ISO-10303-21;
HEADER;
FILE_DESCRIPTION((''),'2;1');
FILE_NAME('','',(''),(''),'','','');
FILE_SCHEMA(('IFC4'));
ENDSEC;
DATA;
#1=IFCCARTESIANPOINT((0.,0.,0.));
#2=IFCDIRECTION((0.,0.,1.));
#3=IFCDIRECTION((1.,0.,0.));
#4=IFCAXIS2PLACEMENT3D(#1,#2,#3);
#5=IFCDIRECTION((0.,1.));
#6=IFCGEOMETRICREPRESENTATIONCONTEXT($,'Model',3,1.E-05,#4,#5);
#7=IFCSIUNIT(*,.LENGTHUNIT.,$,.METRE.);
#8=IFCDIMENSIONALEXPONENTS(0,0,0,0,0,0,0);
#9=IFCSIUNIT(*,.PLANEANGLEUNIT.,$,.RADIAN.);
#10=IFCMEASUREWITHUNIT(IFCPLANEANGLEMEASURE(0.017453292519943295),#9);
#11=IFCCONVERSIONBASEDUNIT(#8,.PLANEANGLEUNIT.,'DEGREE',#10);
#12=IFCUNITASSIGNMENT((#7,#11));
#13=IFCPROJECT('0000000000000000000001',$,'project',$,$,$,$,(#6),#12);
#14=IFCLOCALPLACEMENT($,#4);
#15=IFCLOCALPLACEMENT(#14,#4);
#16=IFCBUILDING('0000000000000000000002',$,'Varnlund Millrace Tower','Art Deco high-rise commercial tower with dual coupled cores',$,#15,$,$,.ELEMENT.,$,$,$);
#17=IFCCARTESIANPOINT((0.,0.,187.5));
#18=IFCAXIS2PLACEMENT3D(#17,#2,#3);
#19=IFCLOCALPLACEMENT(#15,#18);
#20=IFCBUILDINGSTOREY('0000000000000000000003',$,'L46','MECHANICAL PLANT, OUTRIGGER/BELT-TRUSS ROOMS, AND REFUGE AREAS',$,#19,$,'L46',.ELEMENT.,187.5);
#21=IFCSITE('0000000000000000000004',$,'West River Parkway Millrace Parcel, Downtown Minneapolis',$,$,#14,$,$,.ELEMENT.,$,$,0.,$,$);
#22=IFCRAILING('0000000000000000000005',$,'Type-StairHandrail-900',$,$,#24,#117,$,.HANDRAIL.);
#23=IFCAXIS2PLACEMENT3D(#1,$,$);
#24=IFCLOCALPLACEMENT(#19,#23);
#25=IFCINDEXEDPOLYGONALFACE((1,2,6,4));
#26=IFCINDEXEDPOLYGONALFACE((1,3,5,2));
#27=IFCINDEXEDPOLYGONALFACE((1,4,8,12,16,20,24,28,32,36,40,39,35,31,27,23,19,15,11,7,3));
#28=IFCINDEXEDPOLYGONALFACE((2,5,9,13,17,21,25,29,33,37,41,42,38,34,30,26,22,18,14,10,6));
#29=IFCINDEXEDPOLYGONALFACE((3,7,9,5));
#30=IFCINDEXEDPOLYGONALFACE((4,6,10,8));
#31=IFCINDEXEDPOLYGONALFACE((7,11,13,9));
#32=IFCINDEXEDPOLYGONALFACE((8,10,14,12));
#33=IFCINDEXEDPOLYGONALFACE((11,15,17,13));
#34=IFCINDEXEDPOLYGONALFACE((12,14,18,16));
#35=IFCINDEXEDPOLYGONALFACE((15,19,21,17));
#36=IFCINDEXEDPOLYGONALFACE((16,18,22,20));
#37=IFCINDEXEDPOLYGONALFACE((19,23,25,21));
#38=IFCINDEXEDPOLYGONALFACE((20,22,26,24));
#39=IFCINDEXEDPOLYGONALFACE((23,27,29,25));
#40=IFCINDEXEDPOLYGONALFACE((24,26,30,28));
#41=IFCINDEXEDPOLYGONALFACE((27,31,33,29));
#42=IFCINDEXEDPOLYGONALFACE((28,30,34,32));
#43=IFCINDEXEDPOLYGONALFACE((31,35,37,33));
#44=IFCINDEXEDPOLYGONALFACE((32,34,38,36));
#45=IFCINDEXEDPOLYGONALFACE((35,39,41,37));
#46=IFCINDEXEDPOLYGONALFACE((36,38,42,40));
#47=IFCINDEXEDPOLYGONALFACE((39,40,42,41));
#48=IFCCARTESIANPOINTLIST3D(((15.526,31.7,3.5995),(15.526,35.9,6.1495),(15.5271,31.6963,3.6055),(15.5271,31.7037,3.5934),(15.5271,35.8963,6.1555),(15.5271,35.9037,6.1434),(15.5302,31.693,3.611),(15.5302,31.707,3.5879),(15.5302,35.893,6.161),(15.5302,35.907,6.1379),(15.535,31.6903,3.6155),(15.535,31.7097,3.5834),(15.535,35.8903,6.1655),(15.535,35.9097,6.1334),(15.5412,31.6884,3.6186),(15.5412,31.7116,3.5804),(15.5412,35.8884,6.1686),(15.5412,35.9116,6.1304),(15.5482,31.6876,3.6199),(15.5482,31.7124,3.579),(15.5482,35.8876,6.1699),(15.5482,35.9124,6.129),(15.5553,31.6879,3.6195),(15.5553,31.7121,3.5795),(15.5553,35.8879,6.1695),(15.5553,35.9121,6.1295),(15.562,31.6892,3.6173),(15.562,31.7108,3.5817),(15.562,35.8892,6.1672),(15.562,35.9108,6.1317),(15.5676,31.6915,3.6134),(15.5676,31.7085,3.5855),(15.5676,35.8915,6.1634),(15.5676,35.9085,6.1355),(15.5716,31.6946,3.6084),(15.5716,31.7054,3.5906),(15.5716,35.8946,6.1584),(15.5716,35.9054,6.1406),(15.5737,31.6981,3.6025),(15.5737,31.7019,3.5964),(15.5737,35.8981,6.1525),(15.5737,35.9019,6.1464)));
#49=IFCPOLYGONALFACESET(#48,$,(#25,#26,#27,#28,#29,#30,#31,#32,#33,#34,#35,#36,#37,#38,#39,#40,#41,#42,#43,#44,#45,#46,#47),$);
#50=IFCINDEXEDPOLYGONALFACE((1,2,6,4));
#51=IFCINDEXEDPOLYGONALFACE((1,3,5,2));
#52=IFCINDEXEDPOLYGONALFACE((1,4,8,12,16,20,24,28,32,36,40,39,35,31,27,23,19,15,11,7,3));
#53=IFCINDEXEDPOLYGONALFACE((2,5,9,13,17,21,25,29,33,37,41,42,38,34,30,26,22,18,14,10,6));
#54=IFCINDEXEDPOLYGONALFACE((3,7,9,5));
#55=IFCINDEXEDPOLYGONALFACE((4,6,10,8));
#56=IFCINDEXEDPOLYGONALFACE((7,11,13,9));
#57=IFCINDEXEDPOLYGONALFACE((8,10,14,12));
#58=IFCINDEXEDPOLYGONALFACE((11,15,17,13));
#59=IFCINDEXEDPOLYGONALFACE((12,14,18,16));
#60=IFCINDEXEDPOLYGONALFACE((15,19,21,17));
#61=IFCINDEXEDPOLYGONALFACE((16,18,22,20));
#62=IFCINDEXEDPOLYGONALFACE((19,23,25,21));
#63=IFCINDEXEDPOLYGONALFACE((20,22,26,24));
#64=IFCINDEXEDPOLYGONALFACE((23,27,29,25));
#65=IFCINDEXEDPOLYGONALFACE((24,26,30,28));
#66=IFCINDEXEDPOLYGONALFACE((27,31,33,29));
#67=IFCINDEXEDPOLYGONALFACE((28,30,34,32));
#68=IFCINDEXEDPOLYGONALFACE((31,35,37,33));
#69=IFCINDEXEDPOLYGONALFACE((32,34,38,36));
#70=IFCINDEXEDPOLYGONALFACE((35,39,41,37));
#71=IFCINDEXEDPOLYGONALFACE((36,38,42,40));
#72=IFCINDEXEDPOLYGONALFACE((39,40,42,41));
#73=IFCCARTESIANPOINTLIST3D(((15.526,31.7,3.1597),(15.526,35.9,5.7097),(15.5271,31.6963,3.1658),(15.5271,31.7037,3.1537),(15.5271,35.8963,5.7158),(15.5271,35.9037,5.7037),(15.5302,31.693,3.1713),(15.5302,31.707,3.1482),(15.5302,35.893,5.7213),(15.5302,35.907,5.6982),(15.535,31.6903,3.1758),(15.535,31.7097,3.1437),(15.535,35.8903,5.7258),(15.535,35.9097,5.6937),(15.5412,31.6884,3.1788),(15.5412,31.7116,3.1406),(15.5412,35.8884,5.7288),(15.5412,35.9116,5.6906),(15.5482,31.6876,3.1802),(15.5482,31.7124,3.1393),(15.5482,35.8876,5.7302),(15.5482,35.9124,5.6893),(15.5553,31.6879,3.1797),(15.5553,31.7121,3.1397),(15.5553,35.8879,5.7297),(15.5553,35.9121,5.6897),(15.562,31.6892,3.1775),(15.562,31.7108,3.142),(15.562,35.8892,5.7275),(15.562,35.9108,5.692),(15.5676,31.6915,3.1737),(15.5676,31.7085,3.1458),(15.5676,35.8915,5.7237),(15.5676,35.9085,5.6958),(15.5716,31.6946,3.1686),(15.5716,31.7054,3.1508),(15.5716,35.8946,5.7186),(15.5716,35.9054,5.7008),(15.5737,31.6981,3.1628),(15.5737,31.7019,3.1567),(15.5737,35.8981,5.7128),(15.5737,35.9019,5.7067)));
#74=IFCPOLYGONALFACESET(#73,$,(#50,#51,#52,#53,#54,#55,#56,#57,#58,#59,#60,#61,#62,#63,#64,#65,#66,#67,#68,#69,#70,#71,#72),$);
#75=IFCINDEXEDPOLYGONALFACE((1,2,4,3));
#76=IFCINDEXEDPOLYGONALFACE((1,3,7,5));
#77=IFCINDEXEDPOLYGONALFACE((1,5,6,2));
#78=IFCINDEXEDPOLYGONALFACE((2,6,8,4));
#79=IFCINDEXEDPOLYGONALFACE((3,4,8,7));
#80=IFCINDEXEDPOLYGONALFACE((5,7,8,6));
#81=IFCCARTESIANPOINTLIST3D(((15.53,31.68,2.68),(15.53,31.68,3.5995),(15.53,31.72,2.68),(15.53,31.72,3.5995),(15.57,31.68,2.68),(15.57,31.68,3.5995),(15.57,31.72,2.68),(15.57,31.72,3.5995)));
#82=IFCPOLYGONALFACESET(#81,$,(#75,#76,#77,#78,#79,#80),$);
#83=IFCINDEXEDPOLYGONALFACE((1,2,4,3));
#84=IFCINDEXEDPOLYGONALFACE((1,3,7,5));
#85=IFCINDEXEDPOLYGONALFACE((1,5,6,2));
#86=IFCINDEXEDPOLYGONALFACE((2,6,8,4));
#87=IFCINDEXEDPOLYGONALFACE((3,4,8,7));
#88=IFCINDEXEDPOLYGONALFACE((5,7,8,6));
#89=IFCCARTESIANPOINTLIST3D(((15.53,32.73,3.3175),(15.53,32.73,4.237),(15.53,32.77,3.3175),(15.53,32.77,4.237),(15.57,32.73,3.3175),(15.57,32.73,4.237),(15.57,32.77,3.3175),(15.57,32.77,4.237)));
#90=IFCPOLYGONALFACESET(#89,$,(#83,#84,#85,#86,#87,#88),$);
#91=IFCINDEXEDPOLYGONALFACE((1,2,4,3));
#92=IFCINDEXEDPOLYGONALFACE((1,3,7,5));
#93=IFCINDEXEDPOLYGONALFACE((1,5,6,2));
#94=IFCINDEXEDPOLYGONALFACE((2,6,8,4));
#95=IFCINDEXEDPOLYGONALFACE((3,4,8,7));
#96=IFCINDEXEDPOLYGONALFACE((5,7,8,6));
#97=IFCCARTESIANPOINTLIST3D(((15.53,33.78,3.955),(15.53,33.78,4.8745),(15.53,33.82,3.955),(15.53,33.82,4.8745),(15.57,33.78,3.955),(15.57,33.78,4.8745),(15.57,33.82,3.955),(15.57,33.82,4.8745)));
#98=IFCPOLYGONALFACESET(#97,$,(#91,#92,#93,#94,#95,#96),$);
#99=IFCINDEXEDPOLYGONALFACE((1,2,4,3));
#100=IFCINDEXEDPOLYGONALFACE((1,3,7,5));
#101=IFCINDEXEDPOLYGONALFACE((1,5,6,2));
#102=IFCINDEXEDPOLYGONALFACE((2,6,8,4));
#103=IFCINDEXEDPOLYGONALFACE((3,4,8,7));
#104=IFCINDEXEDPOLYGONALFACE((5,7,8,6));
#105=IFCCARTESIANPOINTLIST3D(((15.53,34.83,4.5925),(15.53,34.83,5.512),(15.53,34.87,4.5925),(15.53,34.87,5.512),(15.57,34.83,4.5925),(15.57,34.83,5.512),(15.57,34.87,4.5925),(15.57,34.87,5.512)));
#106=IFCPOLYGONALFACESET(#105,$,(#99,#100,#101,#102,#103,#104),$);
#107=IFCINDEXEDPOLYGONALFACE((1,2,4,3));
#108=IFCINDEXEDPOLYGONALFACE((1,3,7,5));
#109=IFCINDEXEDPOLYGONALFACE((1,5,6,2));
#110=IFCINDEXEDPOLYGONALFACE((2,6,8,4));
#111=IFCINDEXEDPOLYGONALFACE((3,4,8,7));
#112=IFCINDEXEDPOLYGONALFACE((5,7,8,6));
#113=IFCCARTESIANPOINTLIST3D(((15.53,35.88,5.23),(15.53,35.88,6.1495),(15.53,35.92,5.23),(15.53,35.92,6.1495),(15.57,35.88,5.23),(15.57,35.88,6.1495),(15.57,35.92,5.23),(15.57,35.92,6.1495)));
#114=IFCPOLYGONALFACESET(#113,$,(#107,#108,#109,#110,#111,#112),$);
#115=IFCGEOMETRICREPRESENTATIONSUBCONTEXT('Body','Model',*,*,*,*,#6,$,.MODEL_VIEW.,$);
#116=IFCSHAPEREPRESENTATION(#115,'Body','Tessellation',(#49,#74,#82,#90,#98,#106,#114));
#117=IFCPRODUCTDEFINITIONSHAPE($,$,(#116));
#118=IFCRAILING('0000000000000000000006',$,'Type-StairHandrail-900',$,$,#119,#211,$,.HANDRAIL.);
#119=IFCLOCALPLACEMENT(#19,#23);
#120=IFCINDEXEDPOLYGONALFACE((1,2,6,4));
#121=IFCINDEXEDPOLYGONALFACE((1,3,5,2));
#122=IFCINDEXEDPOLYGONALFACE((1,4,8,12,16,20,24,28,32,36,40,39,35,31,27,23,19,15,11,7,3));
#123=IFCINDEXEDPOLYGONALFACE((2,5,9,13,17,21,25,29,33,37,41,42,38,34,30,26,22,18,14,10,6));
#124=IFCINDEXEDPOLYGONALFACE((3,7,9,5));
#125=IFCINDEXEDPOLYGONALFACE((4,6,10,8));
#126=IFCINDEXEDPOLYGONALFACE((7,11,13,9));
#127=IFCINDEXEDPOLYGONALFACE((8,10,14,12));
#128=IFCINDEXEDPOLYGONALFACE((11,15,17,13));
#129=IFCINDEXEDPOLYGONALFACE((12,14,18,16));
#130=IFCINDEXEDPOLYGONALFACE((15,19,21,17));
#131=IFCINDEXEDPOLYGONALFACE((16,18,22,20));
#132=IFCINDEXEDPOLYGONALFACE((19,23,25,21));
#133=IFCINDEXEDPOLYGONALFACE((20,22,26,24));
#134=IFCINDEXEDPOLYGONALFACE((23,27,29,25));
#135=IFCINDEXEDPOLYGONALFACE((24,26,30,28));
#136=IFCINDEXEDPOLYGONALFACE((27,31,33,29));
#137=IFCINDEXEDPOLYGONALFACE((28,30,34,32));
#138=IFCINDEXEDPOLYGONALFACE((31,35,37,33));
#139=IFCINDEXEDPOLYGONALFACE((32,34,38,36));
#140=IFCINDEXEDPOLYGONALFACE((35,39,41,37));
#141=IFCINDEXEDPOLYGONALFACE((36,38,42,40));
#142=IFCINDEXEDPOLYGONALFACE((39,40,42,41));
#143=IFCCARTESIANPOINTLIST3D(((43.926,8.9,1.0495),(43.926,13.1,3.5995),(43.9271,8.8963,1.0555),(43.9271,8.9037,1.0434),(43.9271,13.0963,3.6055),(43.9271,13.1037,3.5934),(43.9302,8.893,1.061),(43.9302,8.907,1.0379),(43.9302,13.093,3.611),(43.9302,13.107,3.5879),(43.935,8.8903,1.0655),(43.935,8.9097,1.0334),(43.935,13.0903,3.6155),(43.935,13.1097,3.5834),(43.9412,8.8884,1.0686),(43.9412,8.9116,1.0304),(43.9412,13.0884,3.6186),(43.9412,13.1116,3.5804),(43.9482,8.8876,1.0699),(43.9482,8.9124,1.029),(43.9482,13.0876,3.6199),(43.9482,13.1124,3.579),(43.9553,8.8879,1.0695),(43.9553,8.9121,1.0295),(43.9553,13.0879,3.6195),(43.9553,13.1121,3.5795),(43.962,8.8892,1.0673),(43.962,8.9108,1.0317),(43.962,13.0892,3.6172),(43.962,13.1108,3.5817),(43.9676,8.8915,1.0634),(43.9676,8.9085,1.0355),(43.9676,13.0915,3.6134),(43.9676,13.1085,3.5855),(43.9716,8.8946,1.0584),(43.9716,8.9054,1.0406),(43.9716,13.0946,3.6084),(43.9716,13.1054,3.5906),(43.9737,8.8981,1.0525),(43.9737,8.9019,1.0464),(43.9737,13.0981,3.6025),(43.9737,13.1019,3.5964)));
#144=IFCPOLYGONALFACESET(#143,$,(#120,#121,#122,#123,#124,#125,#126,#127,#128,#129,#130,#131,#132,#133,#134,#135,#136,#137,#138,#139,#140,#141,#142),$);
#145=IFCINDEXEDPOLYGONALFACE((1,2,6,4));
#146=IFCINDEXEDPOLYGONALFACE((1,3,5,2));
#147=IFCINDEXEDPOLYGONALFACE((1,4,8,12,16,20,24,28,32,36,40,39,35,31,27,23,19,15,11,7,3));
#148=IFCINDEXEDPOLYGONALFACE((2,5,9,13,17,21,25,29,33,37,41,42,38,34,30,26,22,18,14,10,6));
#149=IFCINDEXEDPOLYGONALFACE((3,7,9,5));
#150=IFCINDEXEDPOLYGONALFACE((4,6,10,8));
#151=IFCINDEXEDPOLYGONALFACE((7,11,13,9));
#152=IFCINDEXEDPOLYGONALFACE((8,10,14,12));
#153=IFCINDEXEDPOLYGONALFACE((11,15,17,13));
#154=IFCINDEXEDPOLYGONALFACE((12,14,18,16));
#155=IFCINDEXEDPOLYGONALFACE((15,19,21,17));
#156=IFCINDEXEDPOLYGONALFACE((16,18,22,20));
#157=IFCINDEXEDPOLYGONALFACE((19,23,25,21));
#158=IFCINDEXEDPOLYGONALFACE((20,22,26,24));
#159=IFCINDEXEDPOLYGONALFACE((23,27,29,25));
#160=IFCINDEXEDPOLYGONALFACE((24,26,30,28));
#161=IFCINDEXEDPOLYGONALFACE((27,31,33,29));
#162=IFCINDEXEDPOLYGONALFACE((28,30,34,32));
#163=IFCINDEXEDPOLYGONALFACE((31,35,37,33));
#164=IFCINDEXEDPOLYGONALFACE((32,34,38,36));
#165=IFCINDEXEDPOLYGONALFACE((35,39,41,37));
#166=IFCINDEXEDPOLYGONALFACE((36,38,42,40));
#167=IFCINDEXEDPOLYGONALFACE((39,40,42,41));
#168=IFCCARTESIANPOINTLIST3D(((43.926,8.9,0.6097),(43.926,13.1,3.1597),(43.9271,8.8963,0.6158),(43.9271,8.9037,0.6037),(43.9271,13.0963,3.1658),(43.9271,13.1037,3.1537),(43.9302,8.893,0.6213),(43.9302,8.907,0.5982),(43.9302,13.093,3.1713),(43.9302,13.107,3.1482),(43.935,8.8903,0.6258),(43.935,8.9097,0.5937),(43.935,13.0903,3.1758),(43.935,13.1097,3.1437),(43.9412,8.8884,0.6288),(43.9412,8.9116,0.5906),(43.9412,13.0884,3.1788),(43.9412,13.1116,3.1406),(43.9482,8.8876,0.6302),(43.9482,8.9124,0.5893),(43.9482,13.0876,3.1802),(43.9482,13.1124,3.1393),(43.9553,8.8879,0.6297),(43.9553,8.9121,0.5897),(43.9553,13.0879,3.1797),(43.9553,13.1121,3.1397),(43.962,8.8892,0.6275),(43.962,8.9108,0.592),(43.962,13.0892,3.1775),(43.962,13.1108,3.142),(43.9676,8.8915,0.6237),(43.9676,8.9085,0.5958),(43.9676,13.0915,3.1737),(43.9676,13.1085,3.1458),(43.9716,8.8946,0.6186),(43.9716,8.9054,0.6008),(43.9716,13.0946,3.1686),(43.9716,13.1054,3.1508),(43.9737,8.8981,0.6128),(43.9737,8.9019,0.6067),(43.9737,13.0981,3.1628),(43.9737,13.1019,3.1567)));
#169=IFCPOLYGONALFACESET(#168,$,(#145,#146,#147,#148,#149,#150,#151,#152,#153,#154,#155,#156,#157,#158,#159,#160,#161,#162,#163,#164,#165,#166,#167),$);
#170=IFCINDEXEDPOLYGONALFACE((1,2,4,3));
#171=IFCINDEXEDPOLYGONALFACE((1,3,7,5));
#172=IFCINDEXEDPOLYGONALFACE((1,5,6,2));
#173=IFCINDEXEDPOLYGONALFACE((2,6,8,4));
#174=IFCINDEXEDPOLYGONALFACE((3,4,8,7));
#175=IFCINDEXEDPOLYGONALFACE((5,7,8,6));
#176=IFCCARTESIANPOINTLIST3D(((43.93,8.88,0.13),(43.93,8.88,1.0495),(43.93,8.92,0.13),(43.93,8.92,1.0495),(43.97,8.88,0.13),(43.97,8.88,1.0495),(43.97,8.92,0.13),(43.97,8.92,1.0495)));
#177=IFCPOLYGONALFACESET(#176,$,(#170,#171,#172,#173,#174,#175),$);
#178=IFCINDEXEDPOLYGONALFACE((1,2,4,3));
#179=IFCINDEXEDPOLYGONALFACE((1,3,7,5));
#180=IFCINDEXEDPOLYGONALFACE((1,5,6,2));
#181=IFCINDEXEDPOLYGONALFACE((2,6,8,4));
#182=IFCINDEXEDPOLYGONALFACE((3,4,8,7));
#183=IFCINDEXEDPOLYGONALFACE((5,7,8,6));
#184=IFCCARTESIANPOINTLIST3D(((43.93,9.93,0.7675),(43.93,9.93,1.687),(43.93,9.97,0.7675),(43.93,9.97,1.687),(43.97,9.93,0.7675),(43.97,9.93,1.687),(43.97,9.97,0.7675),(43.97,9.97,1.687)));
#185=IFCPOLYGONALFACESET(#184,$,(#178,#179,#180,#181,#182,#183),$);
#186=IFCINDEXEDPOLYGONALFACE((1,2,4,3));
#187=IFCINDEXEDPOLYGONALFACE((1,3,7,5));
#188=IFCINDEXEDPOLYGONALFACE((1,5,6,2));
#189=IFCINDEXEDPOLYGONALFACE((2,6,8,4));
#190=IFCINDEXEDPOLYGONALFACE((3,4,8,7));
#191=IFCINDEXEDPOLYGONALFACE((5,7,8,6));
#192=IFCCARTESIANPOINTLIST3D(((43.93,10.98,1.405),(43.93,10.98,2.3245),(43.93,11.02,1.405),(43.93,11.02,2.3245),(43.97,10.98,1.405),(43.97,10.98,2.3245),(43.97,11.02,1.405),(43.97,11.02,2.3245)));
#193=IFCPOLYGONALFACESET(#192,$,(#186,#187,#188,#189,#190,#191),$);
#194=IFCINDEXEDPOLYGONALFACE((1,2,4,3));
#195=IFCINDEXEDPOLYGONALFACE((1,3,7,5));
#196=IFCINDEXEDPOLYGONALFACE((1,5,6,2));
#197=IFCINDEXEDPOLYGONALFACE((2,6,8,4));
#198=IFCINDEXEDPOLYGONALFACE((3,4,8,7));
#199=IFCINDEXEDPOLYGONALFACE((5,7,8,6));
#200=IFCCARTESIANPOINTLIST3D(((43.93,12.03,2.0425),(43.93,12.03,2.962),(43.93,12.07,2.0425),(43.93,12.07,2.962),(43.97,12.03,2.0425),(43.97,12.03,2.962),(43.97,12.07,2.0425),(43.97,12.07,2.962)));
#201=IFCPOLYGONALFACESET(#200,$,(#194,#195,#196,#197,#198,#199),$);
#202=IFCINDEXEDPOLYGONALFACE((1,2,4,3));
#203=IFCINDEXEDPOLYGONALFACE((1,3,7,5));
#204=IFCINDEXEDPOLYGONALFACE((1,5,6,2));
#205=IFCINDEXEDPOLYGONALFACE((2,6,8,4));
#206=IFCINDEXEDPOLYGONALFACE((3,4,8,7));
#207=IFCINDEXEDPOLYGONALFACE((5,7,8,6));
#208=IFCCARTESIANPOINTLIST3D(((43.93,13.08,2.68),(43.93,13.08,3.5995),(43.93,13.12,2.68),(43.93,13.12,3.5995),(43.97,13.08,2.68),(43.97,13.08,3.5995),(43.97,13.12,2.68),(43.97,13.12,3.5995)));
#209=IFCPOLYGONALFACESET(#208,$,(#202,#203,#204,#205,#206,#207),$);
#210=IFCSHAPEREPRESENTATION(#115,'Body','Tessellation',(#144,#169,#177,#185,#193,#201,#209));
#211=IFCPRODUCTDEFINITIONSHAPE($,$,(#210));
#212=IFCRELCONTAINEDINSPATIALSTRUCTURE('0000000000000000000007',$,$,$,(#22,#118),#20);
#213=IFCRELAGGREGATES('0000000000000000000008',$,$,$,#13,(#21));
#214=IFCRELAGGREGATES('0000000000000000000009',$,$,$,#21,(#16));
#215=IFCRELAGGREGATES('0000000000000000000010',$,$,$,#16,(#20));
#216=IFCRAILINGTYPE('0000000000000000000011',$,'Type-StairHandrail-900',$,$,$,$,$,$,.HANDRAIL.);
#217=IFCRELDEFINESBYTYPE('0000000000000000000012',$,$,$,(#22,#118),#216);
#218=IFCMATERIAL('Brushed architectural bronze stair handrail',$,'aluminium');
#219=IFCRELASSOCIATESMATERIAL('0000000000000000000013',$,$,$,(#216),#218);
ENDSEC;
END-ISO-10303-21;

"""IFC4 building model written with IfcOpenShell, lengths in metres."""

from ifc_helpers import new_model, entity, si_unit, converted_unit, direction, frame, origin_with_axes, origin_2d_with_axis, place, context, subcontext, project, spatial, rectangle, circle, extrude, material, type_object, element, save


model = new_model("IFC4")

# Units and contexts
model_context = context("Model", 3, precision=1e-05, world=origin_with_axes(), true_north=direction((0.0, 1.0)))
body_context = subcontext(model_context, "Body", "Model", "MODEL_VIEW")
ifc_project = project(units=[si_unit("LENGTHUNIT", "METRE"), converted_unit("PLANEANGLEUNIT", "DEGREE", entity("IfcPlaneAngleMeasure", 0.017453292519943295), si_unit("PLANEANGLEUNIT", "RADIAN"), dimensions=[0, 0, 0, 0, 0, 0, 0])], contexts=[model_context])

# Site, building, storey
site_placement = place(None, origin_with_axes())
site = spatial("IfcSite", under=ifc_project, at=site_placement, Name="West River Parkway Millrace Parcel, Downtown Minneapolis", CompositionType="ELEMENT", RefElevation=0.0)
building_placement = place(site_placement, origin_with_axes())
building = spatial("IfcBuilding", under=site, at=building_placement, Name="Varnlund Millrace Tower", Description="Art Deco high-rise commercial tower with dual coupled cores", CompositionType="ELEMENT")
storey_placement = place(building_placement, frame((0.0, 0.0, 187.5), z_axis=(0.0, 0.0, 1.0), x_axis=(1.0, 0.0, 0.0)))
storey = spatial("IfcBuildingStorey", under=building, at=storey_placement, Name="L46", Description="MECHANICAL PLANT, OUTRIGGER/BELT-TRUSS ROOMS, AND REFUGE AREAS", LongName="L46", CompositionType="ELEMENT", Elevation=187.5)

# Railings
ifc_material_1 = material(Name="Brushed architectural bronze stair handrail", Category="aluminium")
railing_type_1 = type_object("IfcRailingType", Name="Type-StairHandrail-900", PredefinedType="HANDRAIL", material=ifc_material_1)
railing_1_placement = place(storey_placement, frame((0.0, 0.0, -187.5), z_axis=(0.0, 0.0, 1.0), x_axis=(1.0, 0.0, 0.0)))
element("IfcRailing", 1, at=railing_1_placement, inside=storey, type_object=railing_type_1, Name="Type-StairHandrail-900", PredefinedType="HANDRAIL", context=body_context, shape_type="SweptSolid", body=[
    extrude(circle(Radius=0.024, at=origin_2d_with_axis()), frame((15.55, 31.7, 191.0995), z_axis=(0.0, 0.854788, 0.518978), x_axis=(-1.0, 0.0, 0.0)), (0.0, 0.0, 1.0), 4.9135),
    extrude(circle(Radius=0.024, at=origin_2d_with_axis()), frame((15.55, 31.7, 190.6597), z_axis=(0.0, 0.854788, 0.518978), x_axis=(-1.0, 0.0, 0.0)), (0.0, 0.0, 1.0), 4.9135),
    extrude(rectangle(XDim=0.04, YDim=0.04, at=origin_2d_with_axis()), frame((15.55, 31.7, 190.18), z_axis=(0.0, 0.0, 1.0), x_axis=(1.0, 0.0, 0.0)), (0.0, 0.0, 1.0), 0.9195),
    extrude(rectangle(XDim=0.04, YDim=0.04, at=origin_2d_with_axis()), frame((15.55, 32.75, 190.8175), z_axis=(0.0, 0.0, 1.0), x_axis=(1.0, 0.0, 0.0)), (0.0, 0.0, 1.0), 0.9195),
    extrude(rectangle(XDim=0.04, YDim=0.04, at=origin_2d_with_axis()), frame((15.55, 33.8, 191.455), z_axis=(0.0, 0.0, 1.0), x_axis=(1.0, 0.0, 0.0)), (0.0, 0.0, 1.0), 0.9195),
    extrude(rectangle(XDim=0.04, YDim=0.04, at=origin_2d_with_axis()), frame((15.55, 34.85, 192.0925), z_axis=(0.0, 0.0, 1.0), x_axis=(1.0, 0.0, 0.0)), (0.0, 0.0, 1.0), 0.9195),
    extrude(rectangle(XDim=0.04, YDim=0.04, at=origin_2d_with_axis()), frame((15.55, 35.9, 192.73), z_axis=(0.0, 0.0, 1.0), x_axis=(1.0, 0.0, 0.0)), (0.0, 0.0, 1.0), 0.9195),
])
railing_2_placement = place(storey_placement, frame((0.0, 0.0, -187.5), z_axis=(0.0, 0.0, 1.0), x_axis=(1.0, 0.0, 0.0)))
element("IfcRailing", 2, at=railing_2_placement, inside=storey, type_object=railing_type_1, Name="Type-StairHandrail-900", PredefinedType="HANDRAIL", context=body_context, shape_type="SweptSolid", body=[
    extrude(circle(Radius=0.024, at=origin_2d_with_axis()), frame((43.95, 8.9, 188.5495), z_axis=(0.0, 0.854788, 0.518978), x_axis=(-1.0, 0.0, 0.0)), (0.0, 0.0, 1.0), 4.9135),
    extrude(circle(Radius=0.024, at=origin_2d_with_axis()), frame((43.95, 8.9, 188.1097), z_axis=(0.0, 0.854788, 0.518978), x_axis=(-1.0, 0.0, 0.0)), (0.0, 0.0, 1.0), 4.9135),
    extrude(rectangle(XDim=0.04, YDim=0.04, at=origin_2d_with_axis()), frame((43.95, 8.9, 187.63), z_axis=(0.0, 0.0, 1.0), x_axis=(1.0, 0.0, 0.0)), (0.0, 0.0, 1.0), 0.9195),
    extrude(rectangle(XDim=0.04, YDim=0.04, at=origin_2d_with_axis()), frame((43.95, 9.95, 188.2675), z_axis=(0.0, 0.0, 1.0), x_axis=(1.0, 0.0, 0.0)), (0.0, 0.0, 1.0), 0.9195),
    extrude(rectangle(XDim=0.04, YDim=0.04, at=origin_2d_with_axis()), frame((43.95, 11.0, 188.905), z_axis=(0.0, 0.0, 1.0), x_axis=(1.0, 0.0, 0.0)), (0.0, 0.0, 1.0), 0.9195),
    extrude(rectangle(XDim=0.04, YDim=0.04, at=origin_2d_with_axis()), frame((43.95, 12.05, 189.5425), z_axis=(0.0, 0.0, 1.0), x_axis=(1.0, 0.0, 0.0)), (0.0, 0.0, 1.0), 0.9195),
    extrude(rectangle(XDim=0.04, YDim=0.04, at=origin_2d_with_axis()), frame((43.95, 13.1, 190.18), z_axis=(0.0, 0.0, 1.0), x_axis=(1.0, 0.0, 0.0)), (0.0, 0.0, 1.0), 0.9195),
])

save(model, "model.ifc")
